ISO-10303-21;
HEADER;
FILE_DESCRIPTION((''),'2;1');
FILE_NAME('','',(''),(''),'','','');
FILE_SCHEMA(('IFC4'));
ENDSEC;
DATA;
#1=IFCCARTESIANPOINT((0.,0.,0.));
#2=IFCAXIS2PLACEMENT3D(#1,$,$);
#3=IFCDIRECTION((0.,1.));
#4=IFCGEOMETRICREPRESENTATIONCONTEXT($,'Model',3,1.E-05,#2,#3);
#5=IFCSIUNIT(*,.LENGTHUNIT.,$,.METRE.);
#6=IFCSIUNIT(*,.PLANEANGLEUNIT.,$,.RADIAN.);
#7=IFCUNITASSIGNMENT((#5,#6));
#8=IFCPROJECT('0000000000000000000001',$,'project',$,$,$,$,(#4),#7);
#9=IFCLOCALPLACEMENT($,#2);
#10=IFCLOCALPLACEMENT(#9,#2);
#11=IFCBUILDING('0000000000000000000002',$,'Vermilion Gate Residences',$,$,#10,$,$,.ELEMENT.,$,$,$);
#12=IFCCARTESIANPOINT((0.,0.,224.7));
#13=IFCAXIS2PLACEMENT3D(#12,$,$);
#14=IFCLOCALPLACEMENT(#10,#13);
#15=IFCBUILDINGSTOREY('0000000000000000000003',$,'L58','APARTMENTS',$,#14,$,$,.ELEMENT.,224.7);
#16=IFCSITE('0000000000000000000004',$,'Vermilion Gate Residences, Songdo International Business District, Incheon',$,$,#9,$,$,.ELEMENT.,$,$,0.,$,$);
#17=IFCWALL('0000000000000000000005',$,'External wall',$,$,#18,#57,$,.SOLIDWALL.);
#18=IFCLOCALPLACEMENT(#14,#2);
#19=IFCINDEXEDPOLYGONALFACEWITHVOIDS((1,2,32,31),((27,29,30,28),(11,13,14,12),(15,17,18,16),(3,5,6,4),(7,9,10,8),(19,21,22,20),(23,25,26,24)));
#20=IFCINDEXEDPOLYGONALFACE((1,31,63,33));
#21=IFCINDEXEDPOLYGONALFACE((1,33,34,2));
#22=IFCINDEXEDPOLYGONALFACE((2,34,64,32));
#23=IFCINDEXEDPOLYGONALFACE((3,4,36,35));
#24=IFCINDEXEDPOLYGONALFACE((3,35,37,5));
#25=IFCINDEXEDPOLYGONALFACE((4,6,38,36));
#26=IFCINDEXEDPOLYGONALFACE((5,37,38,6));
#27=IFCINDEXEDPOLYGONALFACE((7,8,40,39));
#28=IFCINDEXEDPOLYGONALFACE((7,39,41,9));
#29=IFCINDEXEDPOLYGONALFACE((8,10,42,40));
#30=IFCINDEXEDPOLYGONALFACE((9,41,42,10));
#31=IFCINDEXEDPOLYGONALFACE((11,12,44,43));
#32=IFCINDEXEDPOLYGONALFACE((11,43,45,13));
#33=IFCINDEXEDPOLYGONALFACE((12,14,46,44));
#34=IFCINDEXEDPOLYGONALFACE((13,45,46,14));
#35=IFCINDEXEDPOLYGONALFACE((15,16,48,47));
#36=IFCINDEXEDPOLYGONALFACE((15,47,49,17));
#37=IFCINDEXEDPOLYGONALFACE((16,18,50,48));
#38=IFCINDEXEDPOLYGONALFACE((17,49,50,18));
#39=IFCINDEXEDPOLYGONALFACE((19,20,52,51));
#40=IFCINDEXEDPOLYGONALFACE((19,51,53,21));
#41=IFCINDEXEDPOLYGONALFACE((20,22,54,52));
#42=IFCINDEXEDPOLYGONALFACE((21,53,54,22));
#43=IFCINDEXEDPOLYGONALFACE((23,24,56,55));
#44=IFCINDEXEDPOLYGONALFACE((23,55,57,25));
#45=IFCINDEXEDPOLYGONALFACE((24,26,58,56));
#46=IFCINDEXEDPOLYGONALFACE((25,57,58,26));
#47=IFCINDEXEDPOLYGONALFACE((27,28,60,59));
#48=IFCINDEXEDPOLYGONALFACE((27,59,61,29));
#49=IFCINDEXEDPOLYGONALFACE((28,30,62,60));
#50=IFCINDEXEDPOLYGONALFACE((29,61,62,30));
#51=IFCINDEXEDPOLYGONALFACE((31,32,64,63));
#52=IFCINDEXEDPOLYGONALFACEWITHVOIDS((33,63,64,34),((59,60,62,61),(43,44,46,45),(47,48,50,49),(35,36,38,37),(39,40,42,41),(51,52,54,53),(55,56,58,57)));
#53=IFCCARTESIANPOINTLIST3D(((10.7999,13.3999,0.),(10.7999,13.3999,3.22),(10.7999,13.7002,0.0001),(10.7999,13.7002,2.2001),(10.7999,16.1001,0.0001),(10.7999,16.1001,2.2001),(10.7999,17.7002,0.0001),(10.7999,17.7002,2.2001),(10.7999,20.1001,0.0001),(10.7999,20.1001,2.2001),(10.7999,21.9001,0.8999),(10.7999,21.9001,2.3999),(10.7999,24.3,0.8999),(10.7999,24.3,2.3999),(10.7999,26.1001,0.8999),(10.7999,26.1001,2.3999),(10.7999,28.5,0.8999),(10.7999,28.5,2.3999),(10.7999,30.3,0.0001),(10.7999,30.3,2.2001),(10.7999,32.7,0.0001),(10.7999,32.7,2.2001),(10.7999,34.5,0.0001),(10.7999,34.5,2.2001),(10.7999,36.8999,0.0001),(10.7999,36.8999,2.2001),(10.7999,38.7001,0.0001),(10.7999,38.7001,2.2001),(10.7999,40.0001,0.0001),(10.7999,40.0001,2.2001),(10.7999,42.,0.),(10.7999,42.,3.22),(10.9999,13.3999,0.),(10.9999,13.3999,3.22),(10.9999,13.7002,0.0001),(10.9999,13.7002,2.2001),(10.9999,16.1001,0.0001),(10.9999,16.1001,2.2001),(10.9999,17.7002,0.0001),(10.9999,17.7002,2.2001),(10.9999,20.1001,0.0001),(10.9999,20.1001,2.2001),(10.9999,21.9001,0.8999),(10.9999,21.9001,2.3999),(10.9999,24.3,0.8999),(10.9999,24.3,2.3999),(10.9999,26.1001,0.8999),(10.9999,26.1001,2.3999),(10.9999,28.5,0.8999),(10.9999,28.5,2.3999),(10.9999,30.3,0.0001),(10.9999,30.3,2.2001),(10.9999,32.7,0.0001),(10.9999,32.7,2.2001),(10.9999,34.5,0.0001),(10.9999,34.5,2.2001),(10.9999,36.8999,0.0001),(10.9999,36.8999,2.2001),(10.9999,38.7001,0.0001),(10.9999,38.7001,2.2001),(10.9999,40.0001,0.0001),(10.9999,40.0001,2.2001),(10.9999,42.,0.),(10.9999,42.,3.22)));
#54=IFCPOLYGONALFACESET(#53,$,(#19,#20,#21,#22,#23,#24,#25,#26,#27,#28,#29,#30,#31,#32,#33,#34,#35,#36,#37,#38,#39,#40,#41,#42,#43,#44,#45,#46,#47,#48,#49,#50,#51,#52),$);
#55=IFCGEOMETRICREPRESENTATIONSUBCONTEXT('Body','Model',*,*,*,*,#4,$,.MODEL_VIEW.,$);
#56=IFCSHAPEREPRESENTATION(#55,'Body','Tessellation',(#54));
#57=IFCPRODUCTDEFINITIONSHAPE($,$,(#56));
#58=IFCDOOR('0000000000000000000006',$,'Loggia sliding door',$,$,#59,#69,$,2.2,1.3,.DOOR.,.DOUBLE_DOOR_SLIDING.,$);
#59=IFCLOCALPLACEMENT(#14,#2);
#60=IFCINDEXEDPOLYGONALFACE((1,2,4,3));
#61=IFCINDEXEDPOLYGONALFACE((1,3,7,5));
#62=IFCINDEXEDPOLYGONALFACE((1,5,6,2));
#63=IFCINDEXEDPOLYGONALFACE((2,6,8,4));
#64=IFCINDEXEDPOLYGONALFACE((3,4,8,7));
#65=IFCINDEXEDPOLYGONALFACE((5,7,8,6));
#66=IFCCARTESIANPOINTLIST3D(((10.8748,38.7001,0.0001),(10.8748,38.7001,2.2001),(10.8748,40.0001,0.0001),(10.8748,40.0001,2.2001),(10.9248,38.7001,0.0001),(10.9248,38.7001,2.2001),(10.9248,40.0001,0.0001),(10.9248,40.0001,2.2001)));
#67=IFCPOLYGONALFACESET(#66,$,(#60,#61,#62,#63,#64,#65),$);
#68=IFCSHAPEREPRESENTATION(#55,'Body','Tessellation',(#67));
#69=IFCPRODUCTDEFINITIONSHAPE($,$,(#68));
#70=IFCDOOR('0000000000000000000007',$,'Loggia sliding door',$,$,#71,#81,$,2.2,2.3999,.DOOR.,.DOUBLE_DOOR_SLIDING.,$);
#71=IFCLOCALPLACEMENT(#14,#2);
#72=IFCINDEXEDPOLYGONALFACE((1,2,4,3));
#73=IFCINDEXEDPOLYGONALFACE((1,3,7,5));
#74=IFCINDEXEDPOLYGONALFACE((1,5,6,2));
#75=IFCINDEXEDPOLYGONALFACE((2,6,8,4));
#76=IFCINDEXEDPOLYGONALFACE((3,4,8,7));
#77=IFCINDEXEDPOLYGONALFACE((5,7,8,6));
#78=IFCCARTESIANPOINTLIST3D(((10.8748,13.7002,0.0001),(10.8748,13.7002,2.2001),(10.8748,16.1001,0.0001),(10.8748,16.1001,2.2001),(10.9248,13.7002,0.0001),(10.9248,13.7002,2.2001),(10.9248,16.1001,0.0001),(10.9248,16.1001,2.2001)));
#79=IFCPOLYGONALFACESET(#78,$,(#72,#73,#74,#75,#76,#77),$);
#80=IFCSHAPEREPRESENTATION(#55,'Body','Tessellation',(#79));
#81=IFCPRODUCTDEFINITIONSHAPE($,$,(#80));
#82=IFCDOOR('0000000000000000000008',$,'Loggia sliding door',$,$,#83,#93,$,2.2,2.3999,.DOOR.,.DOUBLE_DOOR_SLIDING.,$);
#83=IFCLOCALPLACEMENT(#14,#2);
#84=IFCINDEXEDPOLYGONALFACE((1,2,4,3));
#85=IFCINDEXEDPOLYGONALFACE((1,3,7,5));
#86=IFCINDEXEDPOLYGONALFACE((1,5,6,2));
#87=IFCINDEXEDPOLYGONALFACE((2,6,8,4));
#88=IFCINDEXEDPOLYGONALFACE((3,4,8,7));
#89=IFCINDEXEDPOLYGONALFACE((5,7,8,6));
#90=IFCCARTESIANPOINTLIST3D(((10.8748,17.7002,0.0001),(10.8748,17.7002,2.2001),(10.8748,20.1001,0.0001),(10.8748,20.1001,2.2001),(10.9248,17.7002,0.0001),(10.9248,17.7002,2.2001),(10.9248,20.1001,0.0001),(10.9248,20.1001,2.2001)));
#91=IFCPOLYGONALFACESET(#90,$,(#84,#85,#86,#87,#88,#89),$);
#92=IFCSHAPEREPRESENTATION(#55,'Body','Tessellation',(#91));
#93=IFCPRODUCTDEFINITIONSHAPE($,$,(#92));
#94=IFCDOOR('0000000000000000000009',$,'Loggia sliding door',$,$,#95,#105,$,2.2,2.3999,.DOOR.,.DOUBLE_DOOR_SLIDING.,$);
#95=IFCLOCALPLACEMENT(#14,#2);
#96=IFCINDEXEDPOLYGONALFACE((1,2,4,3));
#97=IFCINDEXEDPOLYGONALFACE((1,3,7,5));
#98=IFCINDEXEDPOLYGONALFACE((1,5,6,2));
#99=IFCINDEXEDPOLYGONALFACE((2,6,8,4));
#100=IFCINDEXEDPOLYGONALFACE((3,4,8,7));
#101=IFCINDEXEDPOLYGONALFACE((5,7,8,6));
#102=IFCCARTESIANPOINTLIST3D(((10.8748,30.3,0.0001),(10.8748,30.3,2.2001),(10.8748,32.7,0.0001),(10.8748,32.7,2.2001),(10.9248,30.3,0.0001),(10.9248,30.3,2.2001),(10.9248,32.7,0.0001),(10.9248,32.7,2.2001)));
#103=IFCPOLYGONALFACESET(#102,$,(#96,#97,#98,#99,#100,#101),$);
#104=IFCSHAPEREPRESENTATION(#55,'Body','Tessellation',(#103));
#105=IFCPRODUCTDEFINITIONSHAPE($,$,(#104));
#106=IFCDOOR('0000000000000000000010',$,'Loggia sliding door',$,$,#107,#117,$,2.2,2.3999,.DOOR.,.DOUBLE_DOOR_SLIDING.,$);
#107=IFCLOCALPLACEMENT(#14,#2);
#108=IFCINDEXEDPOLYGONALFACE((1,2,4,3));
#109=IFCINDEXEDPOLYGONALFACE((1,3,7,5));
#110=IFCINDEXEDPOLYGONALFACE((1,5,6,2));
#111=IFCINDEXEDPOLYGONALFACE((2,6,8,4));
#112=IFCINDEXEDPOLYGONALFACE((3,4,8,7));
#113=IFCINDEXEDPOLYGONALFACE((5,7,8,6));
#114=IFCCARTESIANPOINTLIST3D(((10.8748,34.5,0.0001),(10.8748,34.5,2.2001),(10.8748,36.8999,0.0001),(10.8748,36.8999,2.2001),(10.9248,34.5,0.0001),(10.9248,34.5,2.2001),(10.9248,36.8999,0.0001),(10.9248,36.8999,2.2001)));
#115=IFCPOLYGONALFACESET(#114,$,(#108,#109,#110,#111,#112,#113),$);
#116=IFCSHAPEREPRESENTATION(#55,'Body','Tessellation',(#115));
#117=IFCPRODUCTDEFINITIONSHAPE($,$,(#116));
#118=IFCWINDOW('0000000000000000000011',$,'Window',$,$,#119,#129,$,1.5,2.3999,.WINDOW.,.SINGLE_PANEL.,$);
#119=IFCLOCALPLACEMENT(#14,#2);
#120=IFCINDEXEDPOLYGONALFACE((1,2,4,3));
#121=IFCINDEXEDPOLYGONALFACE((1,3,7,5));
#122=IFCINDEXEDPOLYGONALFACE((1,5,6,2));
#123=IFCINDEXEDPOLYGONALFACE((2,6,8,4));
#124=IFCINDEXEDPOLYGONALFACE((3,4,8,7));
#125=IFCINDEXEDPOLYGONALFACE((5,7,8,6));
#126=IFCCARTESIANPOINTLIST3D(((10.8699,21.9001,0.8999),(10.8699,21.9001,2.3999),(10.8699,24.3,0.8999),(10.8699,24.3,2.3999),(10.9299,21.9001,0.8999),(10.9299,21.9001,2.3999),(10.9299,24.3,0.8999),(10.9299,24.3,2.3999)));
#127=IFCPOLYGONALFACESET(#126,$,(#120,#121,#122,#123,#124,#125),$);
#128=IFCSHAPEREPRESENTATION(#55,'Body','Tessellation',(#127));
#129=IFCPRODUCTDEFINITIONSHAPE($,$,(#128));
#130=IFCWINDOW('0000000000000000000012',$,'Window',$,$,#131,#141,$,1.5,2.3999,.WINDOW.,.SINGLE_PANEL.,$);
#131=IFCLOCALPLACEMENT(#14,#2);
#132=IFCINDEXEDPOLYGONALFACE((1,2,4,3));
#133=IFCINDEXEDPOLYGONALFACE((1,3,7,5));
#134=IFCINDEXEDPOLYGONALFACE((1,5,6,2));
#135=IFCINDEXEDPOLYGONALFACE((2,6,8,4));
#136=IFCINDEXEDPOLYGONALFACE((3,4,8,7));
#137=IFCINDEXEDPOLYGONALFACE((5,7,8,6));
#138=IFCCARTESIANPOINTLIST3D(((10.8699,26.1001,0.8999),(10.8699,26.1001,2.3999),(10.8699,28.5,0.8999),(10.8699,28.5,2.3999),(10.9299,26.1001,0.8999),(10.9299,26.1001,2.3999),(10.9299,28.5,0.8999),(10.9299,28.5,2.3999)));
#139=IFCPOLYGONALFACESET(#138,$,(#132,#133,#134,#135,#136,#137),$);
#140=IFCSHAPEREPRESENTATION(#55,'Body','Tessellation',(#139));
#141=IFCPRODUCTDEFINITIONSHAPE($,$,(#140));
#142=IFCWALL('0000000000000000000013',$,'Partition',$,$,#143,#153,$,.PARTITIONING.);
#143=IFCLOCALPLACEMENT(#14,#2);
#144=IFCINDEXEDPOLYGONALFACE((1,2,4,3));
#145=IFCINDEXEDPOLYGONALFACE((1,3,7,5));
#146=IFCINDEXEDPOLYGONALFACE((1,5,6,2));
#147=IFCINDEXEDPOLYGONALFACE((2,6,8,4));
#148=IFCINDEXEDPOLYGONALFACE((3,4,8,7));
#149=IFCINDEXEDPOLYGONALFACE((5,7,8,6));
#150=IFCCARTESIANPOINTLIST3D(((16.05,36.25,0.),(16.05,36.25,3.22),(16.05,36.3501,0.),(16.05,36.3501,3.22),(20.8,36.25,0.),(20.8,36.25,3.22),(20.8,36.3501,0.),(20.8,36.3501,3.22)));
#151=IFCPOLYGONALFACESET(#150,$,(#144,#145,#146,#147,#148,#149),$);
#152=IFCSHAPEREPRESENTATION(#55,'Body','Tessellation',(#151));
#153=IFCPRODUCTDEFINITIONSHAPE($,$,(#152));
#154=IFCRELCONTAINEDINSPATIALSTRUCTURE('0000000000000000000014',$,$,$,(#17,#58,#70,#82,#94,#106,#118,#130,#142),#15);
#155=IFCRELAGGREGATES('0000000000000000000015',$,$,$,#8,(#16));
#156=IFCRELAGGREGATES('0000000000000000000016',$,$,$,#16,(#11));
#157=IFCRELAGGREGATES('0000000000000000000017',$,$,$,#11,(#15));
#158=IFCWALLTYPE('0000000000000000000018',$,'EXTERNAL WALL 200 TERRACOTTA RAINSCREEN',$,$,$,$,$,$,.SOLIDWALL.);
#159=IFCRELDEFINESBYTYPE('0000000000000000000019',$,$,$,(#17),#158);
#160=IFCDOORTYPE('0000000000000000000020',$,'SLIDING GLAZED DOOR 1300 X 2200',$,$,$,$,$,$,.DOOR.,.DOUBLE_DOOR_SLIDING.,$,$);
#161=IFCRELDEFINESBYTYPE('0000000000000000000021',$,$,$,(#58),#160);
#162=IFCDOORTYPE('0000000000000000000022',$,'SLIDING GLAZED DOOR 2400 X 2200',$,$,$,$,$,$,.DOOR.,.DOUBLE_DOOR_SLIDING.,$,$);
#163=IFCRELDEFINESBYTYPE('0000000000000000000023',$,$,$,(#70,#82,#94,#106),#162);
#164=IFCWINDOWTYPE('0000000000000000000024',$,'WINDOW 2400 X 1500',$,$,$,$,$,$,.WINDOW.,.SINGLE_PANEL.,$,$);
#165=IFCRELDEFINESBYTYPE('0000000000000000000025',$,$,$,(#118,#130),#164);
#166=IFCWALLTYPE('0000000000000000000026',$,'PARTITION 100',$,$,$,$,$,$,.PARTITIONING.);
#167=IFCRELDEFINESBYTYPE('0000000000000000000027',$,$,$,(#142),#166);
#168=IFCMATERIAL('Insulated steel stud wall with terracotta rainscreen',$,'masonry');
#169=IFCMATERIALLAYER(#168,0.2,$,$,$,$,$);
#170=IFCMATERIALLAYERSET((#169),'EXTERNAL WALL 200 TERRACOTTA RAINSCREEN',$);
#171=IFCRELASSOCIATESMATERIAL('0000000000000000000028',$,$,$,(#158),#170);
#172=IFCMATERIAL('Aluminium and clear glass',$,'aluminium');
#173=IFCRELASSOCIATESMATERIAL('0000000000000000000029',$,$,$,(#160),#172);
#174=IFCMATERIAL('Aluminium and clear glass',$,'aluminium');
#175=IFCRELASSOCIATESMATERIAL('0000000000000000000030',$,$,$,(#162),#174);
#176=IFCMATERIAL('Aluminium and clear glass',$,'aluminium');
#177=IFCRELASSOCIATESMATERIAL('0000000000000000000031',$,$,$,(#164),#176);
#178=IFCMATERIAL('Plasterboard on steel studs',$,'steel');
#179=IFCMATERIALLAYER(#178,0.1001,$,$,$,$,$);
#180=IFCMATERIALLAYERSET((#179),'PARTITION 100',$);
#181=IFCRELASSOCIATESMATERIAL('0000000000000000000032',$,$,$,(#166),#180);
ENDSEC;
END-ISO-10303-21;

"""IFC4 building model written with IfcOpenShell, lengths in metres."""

from ifc_helpers import new_model, si_unit, direction, frame, frame_2d, origin, place, context, subcontext, project, spatial, rectangle, extrude, material, layer, layer_set, type_object, element, fill, save


model = new_model("IFC4")

# Units and contexts
model_context = context("Model", 3, precision=1e-05, world=origin(), true_north=direction((0.0, 1.0)))
body_context = subcontext(model_context, "Body", "Model", "MODEL_VIEW")
ifc_project = project(units=[si_unit("LENGTHUNIT", "METRE"), si_unit("PLANEANGLEUNIT", "RADIAN")], contexts=[model_context])

# Site, building, storey
site_placement = place(None, origin())
site = spatial("IfcSite", under=ifc_project, at=site_placement, Name="Vermilion Gate Residences, Songdo International Business District, Incheon", CompositionType="ELEMENT", RefElevation=0.0)
building_placement = place(site_placement, origin())
building = spatial("IfcBuilding", under=site, at=building_placement, Name="Vermilion Gate Residences", CompositionType="ELEMENT")
storey_placement = place(building_placement, frame((0.0, 0.0, 224.7)))
storey = spatial("IfcBuildingStorey", under=building, at=storey_placement, Name="L58", Description="APARTMENTS", CompositionType="ELEMENT", Elevation=224.7)

# Wall, openings, doors, windows
ifc_material_1 = material(Name="Insulated steel stud wall with terracotta rainscreen", Category="masonry")
ifc_layer_1 = layer(ifc_material_1, 0.2)
ifc_layer_set_1 = layer_set([ifc_layer_1], Name="EXTERNAL WALL 200 TERRACOTTA RAINSCREEN")
wall_type_1 = type_object("IfcWallType", Name="EXTERNAL WALL 200 TERRACOTTA RAINSCREEN", PredefinedType="SOLIDWALL", material=ifc_layer_set_1)
wall_1_placement = place(storey_placement, frame((10.8999, 42.0, 0.0), z_axis=(0.0, 0.0, 1.0), x_axis=(0.0, -1.0, 0.0)))
wall_1 = element("IfcWall", 1, at=wall_1_placement, inside=storey, type_object=wall_type_1, Name="External wall", PredefinedType="SOLIDWALL", context=body_context, shape_type="SweptSolid", body=[
    extrude(rectangle(XDim=28.6001, YDim=0.2, at=frame_2d((14.3, 0.0))), origin(), (0.0, 0.0, 1.0), 3.22),
])
opening_1_placement = place(wall_1_placement, frame((25.8999, 0.0, 0.0)))
opening_1 = element("IfcOpeningElement", 2, at=opening_1_placement, cuts=wall_1, PredefinedType="OPENING", context=body_context, shape_type="SweptSolid", body=[
    extrude(rectangle(XDim=2.3999, YDim=2.2, at=frame_2d((1.2, 1.1001))), frame((0.0, 0.1099, 0.0), z_axis=(0.0, -1.0, 0.0), x_axis=(1.0, 0.0, 0.0)), (0.0, 0.0, 1.0), 0.22),
])
opening_2_placement = place(wall_1_placement, frame((21.8999, 0.0, 0.0)))
opening_2 = element("IfcOpeningElement", 3, at=opening_2_placement, cuts=wall_1, PredefinedType="OPENING", context=body_context, shape_type="SweptSolid", body=[
    extrude(rectangle(XDim=2.3999, YDim=2.2, at=frame_2d((1.2, 1.1001))), frame((0.0, 0.1099, 0.0), z_axis=(0.0, -1.0, 0.0), x_axis=(1.0, 0.0, 0.0)), (0.0, 0.0, 1.0), 0.22),
])
opening_3_placement = place(wall_1_placement, frame((17.7, 0.0, 0.8999)))
opening_3 = element("IfcOpeningElement", 4, at=opening_3_placement, cuts=wall_1, PredefinedType="OPENING", context=body_context, shape_type="SweptSolid", body=[
    extrude(rectangle(XDim=2.3999, YDim=1.5, at=frame_2d((1.2, 0.75))), frame((0.0, 0.1099, 0.0), z_axis=(0.0, -1.0, 0.0), x_axis=(1.0, 0.0, 0.0)), (0.0, 0.0, 1.0), 0.22),
])
opening_4_placement = place(wall_1_placement, frame((13.5, 0.0, 0.8999)))
opening_4 = element("IfcOpeningElement", 5, at=opening_4_placement, cuts=wall_1, PredefinedType="OPENING", context=body_context, shape_type="SweptSolid", body=[
    extrude(rectangle(XDim=2.3999, YDim=1.5, at=frame_2d((1.2, 0.75))), frame((0.0, 0.1099, 0.0), z_axis=(0.0, -1.0, 0.0), x_axis=(1.0, 0.0, 0.0)), (0.0, 0.0, 1.0), 0.22),
])
opening_5_placement = place(wall_1_placement, frame((9.3, 0.0, 0.0)))
opening_5 = element("IfcOpeningElement", 6, at=opening_5_placement, cuts=wall_1, PredefinedType="OPENING", context=body_context, shape_type="SweptSolid", body=[
    extrude(rectangle(XDim=2.3999, YDim=2.2, at=frame_2d((1.2, 1.1001))), frame((0.0, 0.1099, 0.0), z_axis=(0.0, -1.0, 0.0), x_axis=(1.0, 0.0, 0.0)), (0.0, 0.0, 1.0), 0.22),
])
opening_6_placement = place(wall_1_placement, frame((5.1001, 0.0, 0.0)))
opening_6 = element("IfcOpeningElement", 7, at=opening_6_placement, cuts=wall_1, PredefinedType="OPENING", context=body_context, shape_type="SweptSolid", body=[
    extrude(rectangle(XDim=2.3999, YDim=2.2, at=frame_2d((1.2, 1.1001))), frame((0.0, 0.1099, 0.0), z_axis=(0.0, -1.0, 0.0), x_axis=(1.0, 0.0, 0.0)), (0.0, 0.0, 1.0), 0.22),
])
opening_7_placement = place(wall_1_placement, frame((2.0, 0.0, 0.0)))
opening_7 = element("IfcOpeningElement", 8, at=opening_7_placement, cuts=wall_1, PredefinedType="OPENING", context=body_context, shape_type="SweptSolid", body=[
    extrude(rectangle(XDim=1.3, YDim=2.2, at=frame_2d((0.6499, 1.1001))), frame((0.0, 0.1099, 0.0), z_axis=(0.0, -1.0, 0.0), x_axis=(1.0, 0.0, 0.0)), (0.0, 0.0, 1.0), 0.22),
])
ifc_material_2 = material(Name="Aluminium and clear glass", Category="aluminium")
door_type_1 = type_object("IfcDoorType", Name="SLIDING GLAZED DOOR 1300 X 2200", OperationType="DOUBLE_DOOR_SLIDING", PredefinedType="DOOR", material=ifc_material_2)
door_1_placement = place(opening_7_placement, origin())
door_1 = element("IfcDoor", 9, at=door_1_placement, inside=storey, type_object=door_type_1, Name="Loggia sliding door", OperationType="DOUBLE_DOOR_SLIDING", OverallHeight=2.2, OverallWidth=1.3, PredefinedType="DOOR", context=body_context, shape_type="SweptSolid", body=[
    extrude(rectangle(XDim=1.3, YDim=2.2, at=frame_2d((0.6499, 1.1001))), frame((0.0, 0.0249, 0.0), z_axis=(0.0, -1.0, 0.0), x_axis=(1.0, 0.0, 0.0)), (0.0, 0.0, 1.0), 0.05),
])
fill(opening_7, door_1)
ifc_material_3 = material(Name="Aluminium and clear glass", Category="aluminium")
door_type_2 = type_object("IfcDoorType", Name="SLIDING GLAZED DOOR 2400 X 2200", OperationType="DOUBLE_DOOR_SLIDING", PredefinedType="DOOR", material=ifc_material_3)
door_2_placement = place(opening_1_placement, origin())
door_2 = element("IfcDoor", 10, at=door_2_placement, inside=storey, type_object=door_type_2, Name="Loggia sliding door", OperationType="DOUBLE_DOOR_SLIDING", OverallHeight=2.2, OverallWidth=2.3999, PredefinedType="DOOR", context=body_context, shape_type="SweptSolid", body=[
    extrude(rectangle(XDim=2.3999, YDim=2.2, at=frame_2d((1.2, 1.1001))), frame((0.0, 0.0249, 0.0), z_axis=(0.0, -1.0, 0.0), x_axis=(1.0, 0.0, 0.0)), (0.0, 0.0, 1.0), 0.05),
])
fill(opening_1, door_2)
door_3_placement = place(opening_2_placement, origin())
door_3 = element("IfcDoor", 11, at=door_3_placement, inside=storey, type_object=door_type_2, Name="Loggia sliding door", OperationType="DOUBLE_DOOR_SLIDING", OverallHeight=2.2, OverallWidth=2.3999, PredefinedType="DOOR", context=body_context, shape_type="SweptSolid", body=[
    extrude(rectangle(XDim=2.3999, YDim=2.2, at=frame_2d((1.2, 1.1001))), frame((0.0, 0.0249, 0.0), z_axis=(0.0, -1.0, 0.0), x_axis=(1.0, 0.0, 0.0)), (0.0, 0.0, 1.0), 0.05),
])
fill(opening_2, door_3)
door_4_placement = place(opening_5_placement, origin())
door_4 = element("IfcDoor", 12, at=door_4_placement, inside=storey, type_object=door_type_2, Name="Loggia sliding door", OperationType="DOUBLE_DOOR_SLIDING", OverallHeight=2.2, OverallWidth=2.3999, PredefinedType="DOOR", context=body_context, shape_type="SweptSolid", body=[
    extrude(rectangle(XDim=2.3999, YDim=2.2, at=frame_2d((1.2, 1.1001))), frame((0.0, 0.0249, 0.0), z_axis=(0.0, -1.0, 0.0), x_axis=(1.0, 0.0, 0.0)), (0.0, 0.0, 1.0), 0.05),
])
fill(opening_5, door_4)
door_5_placement = place(opening_6_placement, origin())
door_5 = element("IfcDoor", 13, at=door_5_placement, inside=storey, type_object=door_type_2, Name="Loggia sliding door", OperationType="DOUBLE_DOOR_SLIDING", OverallHeight=2.2, OverallWidth=2.3999, PredefinedType="DOOR", context=body_context, shape_type="SweptSolid", body=[
    extrude(rectangle(XDim=2.3999, YDim=2.2, at=frame_2d((1.2, 1.1001))), frame((0.0, 0.0249, 0.0), z_axis=(0.0, -1.0, 0.0), x_axis=(1.0, 0.0, 0.0)), (0.0, 0.0, 1.0), 0.05),
])
fill(opening_6, door_5)
ifc_material_4 = material(Name="Aluminium and clear glass", Category="aluminium")
window_type = type_object("IfcWindowType", Name="WINDOW 2400 X 1500", PartitioningType="SINGLE_PANEL", PredefinedType="WINDOW", material=ifc_material_4)
window_1_placement = place(opening_3_placement, origin())
window_1 = element("IfcWindow", 14, at=window_1_placement, inside=storey, type_object=window_type, Name="Window", OverallHeight=1.5, OverallWidth=2.3999, PartitioningType="SINGLE_PANEL", PredefinedType="WINDOW", context=body_context, shape_type="SweptSolid", body=[
    extrude(rectangle(XDim=2.3999, YDim=1.5, at=frame_2d((1.2, 0.75))), frame((0.0, 0.03, 0.0), z_axis=(0.0, -1.0, 0.0), x_axis=(1.0, 0.0, 0.0)), (0.0, 0.0, 1.0), 0.0601),
])
fill(opening_3, window_1)
window_2_placement = place(opening_4_placement, origin())
window_2 = element("IfcWindow", 15, at=window_2_placement, inside=storey, type_object=window_type, Name="Window", OverallHeight=1.5, OverallWidth=2.3999, PartitioningType="SINGLE_PANEL", PredefinedType="WINDOW", context=body_context, shape_type="SweptSolid", body=[
    extrude(rectangle(XDim=2.3999, YDim=1.5, at=frame_2d((1.2, 0.75))), frame((0.0, 0.03, 0.0), z_axis=(0.0, -1.0, 0.0), x_axis=(1.0, 0.0, 0.0)), (0.0, 0.0, 1.0), 0.0601),
])
fill(opening_4, window_2)

# Wall
ifc_material_5 = material(Name="Plasterboard on steel studs", Category="steel")
ifc_layer_2 = layer(ifc_material_5, 0.1001)
ifc_layer_set_2 = layer_set([ifc_layer_2], Name="PARTITION 100")
wall_type_2 = type_object("IfcWallType", Name="PARTITION 100", PredefinedType="PARTITIONING", material=ifc_layer_set_2)
wall_2_placement = place(storey_placement, frame((16.05, 36.3, 0.0), z_axis=(0.0, 0.0, 1.0), x_axis=(1.0, 0.0, 0.0)))
element("IfcWall", 16, at=wall_2_placement, inside=storey, type_object=wall_type_2, Name="Partition", PredefinedType="PARTITIONING", context=body_context, shape_type="SweptSolid", body=[
    extrude(rectangle(XDim=4.75, YDim=0.1001, at=frame_2d((2.375, 0.0))), origin(), (0.0, 0.0, 1.0), 3.22),
])

save(model, "model.ifc")
